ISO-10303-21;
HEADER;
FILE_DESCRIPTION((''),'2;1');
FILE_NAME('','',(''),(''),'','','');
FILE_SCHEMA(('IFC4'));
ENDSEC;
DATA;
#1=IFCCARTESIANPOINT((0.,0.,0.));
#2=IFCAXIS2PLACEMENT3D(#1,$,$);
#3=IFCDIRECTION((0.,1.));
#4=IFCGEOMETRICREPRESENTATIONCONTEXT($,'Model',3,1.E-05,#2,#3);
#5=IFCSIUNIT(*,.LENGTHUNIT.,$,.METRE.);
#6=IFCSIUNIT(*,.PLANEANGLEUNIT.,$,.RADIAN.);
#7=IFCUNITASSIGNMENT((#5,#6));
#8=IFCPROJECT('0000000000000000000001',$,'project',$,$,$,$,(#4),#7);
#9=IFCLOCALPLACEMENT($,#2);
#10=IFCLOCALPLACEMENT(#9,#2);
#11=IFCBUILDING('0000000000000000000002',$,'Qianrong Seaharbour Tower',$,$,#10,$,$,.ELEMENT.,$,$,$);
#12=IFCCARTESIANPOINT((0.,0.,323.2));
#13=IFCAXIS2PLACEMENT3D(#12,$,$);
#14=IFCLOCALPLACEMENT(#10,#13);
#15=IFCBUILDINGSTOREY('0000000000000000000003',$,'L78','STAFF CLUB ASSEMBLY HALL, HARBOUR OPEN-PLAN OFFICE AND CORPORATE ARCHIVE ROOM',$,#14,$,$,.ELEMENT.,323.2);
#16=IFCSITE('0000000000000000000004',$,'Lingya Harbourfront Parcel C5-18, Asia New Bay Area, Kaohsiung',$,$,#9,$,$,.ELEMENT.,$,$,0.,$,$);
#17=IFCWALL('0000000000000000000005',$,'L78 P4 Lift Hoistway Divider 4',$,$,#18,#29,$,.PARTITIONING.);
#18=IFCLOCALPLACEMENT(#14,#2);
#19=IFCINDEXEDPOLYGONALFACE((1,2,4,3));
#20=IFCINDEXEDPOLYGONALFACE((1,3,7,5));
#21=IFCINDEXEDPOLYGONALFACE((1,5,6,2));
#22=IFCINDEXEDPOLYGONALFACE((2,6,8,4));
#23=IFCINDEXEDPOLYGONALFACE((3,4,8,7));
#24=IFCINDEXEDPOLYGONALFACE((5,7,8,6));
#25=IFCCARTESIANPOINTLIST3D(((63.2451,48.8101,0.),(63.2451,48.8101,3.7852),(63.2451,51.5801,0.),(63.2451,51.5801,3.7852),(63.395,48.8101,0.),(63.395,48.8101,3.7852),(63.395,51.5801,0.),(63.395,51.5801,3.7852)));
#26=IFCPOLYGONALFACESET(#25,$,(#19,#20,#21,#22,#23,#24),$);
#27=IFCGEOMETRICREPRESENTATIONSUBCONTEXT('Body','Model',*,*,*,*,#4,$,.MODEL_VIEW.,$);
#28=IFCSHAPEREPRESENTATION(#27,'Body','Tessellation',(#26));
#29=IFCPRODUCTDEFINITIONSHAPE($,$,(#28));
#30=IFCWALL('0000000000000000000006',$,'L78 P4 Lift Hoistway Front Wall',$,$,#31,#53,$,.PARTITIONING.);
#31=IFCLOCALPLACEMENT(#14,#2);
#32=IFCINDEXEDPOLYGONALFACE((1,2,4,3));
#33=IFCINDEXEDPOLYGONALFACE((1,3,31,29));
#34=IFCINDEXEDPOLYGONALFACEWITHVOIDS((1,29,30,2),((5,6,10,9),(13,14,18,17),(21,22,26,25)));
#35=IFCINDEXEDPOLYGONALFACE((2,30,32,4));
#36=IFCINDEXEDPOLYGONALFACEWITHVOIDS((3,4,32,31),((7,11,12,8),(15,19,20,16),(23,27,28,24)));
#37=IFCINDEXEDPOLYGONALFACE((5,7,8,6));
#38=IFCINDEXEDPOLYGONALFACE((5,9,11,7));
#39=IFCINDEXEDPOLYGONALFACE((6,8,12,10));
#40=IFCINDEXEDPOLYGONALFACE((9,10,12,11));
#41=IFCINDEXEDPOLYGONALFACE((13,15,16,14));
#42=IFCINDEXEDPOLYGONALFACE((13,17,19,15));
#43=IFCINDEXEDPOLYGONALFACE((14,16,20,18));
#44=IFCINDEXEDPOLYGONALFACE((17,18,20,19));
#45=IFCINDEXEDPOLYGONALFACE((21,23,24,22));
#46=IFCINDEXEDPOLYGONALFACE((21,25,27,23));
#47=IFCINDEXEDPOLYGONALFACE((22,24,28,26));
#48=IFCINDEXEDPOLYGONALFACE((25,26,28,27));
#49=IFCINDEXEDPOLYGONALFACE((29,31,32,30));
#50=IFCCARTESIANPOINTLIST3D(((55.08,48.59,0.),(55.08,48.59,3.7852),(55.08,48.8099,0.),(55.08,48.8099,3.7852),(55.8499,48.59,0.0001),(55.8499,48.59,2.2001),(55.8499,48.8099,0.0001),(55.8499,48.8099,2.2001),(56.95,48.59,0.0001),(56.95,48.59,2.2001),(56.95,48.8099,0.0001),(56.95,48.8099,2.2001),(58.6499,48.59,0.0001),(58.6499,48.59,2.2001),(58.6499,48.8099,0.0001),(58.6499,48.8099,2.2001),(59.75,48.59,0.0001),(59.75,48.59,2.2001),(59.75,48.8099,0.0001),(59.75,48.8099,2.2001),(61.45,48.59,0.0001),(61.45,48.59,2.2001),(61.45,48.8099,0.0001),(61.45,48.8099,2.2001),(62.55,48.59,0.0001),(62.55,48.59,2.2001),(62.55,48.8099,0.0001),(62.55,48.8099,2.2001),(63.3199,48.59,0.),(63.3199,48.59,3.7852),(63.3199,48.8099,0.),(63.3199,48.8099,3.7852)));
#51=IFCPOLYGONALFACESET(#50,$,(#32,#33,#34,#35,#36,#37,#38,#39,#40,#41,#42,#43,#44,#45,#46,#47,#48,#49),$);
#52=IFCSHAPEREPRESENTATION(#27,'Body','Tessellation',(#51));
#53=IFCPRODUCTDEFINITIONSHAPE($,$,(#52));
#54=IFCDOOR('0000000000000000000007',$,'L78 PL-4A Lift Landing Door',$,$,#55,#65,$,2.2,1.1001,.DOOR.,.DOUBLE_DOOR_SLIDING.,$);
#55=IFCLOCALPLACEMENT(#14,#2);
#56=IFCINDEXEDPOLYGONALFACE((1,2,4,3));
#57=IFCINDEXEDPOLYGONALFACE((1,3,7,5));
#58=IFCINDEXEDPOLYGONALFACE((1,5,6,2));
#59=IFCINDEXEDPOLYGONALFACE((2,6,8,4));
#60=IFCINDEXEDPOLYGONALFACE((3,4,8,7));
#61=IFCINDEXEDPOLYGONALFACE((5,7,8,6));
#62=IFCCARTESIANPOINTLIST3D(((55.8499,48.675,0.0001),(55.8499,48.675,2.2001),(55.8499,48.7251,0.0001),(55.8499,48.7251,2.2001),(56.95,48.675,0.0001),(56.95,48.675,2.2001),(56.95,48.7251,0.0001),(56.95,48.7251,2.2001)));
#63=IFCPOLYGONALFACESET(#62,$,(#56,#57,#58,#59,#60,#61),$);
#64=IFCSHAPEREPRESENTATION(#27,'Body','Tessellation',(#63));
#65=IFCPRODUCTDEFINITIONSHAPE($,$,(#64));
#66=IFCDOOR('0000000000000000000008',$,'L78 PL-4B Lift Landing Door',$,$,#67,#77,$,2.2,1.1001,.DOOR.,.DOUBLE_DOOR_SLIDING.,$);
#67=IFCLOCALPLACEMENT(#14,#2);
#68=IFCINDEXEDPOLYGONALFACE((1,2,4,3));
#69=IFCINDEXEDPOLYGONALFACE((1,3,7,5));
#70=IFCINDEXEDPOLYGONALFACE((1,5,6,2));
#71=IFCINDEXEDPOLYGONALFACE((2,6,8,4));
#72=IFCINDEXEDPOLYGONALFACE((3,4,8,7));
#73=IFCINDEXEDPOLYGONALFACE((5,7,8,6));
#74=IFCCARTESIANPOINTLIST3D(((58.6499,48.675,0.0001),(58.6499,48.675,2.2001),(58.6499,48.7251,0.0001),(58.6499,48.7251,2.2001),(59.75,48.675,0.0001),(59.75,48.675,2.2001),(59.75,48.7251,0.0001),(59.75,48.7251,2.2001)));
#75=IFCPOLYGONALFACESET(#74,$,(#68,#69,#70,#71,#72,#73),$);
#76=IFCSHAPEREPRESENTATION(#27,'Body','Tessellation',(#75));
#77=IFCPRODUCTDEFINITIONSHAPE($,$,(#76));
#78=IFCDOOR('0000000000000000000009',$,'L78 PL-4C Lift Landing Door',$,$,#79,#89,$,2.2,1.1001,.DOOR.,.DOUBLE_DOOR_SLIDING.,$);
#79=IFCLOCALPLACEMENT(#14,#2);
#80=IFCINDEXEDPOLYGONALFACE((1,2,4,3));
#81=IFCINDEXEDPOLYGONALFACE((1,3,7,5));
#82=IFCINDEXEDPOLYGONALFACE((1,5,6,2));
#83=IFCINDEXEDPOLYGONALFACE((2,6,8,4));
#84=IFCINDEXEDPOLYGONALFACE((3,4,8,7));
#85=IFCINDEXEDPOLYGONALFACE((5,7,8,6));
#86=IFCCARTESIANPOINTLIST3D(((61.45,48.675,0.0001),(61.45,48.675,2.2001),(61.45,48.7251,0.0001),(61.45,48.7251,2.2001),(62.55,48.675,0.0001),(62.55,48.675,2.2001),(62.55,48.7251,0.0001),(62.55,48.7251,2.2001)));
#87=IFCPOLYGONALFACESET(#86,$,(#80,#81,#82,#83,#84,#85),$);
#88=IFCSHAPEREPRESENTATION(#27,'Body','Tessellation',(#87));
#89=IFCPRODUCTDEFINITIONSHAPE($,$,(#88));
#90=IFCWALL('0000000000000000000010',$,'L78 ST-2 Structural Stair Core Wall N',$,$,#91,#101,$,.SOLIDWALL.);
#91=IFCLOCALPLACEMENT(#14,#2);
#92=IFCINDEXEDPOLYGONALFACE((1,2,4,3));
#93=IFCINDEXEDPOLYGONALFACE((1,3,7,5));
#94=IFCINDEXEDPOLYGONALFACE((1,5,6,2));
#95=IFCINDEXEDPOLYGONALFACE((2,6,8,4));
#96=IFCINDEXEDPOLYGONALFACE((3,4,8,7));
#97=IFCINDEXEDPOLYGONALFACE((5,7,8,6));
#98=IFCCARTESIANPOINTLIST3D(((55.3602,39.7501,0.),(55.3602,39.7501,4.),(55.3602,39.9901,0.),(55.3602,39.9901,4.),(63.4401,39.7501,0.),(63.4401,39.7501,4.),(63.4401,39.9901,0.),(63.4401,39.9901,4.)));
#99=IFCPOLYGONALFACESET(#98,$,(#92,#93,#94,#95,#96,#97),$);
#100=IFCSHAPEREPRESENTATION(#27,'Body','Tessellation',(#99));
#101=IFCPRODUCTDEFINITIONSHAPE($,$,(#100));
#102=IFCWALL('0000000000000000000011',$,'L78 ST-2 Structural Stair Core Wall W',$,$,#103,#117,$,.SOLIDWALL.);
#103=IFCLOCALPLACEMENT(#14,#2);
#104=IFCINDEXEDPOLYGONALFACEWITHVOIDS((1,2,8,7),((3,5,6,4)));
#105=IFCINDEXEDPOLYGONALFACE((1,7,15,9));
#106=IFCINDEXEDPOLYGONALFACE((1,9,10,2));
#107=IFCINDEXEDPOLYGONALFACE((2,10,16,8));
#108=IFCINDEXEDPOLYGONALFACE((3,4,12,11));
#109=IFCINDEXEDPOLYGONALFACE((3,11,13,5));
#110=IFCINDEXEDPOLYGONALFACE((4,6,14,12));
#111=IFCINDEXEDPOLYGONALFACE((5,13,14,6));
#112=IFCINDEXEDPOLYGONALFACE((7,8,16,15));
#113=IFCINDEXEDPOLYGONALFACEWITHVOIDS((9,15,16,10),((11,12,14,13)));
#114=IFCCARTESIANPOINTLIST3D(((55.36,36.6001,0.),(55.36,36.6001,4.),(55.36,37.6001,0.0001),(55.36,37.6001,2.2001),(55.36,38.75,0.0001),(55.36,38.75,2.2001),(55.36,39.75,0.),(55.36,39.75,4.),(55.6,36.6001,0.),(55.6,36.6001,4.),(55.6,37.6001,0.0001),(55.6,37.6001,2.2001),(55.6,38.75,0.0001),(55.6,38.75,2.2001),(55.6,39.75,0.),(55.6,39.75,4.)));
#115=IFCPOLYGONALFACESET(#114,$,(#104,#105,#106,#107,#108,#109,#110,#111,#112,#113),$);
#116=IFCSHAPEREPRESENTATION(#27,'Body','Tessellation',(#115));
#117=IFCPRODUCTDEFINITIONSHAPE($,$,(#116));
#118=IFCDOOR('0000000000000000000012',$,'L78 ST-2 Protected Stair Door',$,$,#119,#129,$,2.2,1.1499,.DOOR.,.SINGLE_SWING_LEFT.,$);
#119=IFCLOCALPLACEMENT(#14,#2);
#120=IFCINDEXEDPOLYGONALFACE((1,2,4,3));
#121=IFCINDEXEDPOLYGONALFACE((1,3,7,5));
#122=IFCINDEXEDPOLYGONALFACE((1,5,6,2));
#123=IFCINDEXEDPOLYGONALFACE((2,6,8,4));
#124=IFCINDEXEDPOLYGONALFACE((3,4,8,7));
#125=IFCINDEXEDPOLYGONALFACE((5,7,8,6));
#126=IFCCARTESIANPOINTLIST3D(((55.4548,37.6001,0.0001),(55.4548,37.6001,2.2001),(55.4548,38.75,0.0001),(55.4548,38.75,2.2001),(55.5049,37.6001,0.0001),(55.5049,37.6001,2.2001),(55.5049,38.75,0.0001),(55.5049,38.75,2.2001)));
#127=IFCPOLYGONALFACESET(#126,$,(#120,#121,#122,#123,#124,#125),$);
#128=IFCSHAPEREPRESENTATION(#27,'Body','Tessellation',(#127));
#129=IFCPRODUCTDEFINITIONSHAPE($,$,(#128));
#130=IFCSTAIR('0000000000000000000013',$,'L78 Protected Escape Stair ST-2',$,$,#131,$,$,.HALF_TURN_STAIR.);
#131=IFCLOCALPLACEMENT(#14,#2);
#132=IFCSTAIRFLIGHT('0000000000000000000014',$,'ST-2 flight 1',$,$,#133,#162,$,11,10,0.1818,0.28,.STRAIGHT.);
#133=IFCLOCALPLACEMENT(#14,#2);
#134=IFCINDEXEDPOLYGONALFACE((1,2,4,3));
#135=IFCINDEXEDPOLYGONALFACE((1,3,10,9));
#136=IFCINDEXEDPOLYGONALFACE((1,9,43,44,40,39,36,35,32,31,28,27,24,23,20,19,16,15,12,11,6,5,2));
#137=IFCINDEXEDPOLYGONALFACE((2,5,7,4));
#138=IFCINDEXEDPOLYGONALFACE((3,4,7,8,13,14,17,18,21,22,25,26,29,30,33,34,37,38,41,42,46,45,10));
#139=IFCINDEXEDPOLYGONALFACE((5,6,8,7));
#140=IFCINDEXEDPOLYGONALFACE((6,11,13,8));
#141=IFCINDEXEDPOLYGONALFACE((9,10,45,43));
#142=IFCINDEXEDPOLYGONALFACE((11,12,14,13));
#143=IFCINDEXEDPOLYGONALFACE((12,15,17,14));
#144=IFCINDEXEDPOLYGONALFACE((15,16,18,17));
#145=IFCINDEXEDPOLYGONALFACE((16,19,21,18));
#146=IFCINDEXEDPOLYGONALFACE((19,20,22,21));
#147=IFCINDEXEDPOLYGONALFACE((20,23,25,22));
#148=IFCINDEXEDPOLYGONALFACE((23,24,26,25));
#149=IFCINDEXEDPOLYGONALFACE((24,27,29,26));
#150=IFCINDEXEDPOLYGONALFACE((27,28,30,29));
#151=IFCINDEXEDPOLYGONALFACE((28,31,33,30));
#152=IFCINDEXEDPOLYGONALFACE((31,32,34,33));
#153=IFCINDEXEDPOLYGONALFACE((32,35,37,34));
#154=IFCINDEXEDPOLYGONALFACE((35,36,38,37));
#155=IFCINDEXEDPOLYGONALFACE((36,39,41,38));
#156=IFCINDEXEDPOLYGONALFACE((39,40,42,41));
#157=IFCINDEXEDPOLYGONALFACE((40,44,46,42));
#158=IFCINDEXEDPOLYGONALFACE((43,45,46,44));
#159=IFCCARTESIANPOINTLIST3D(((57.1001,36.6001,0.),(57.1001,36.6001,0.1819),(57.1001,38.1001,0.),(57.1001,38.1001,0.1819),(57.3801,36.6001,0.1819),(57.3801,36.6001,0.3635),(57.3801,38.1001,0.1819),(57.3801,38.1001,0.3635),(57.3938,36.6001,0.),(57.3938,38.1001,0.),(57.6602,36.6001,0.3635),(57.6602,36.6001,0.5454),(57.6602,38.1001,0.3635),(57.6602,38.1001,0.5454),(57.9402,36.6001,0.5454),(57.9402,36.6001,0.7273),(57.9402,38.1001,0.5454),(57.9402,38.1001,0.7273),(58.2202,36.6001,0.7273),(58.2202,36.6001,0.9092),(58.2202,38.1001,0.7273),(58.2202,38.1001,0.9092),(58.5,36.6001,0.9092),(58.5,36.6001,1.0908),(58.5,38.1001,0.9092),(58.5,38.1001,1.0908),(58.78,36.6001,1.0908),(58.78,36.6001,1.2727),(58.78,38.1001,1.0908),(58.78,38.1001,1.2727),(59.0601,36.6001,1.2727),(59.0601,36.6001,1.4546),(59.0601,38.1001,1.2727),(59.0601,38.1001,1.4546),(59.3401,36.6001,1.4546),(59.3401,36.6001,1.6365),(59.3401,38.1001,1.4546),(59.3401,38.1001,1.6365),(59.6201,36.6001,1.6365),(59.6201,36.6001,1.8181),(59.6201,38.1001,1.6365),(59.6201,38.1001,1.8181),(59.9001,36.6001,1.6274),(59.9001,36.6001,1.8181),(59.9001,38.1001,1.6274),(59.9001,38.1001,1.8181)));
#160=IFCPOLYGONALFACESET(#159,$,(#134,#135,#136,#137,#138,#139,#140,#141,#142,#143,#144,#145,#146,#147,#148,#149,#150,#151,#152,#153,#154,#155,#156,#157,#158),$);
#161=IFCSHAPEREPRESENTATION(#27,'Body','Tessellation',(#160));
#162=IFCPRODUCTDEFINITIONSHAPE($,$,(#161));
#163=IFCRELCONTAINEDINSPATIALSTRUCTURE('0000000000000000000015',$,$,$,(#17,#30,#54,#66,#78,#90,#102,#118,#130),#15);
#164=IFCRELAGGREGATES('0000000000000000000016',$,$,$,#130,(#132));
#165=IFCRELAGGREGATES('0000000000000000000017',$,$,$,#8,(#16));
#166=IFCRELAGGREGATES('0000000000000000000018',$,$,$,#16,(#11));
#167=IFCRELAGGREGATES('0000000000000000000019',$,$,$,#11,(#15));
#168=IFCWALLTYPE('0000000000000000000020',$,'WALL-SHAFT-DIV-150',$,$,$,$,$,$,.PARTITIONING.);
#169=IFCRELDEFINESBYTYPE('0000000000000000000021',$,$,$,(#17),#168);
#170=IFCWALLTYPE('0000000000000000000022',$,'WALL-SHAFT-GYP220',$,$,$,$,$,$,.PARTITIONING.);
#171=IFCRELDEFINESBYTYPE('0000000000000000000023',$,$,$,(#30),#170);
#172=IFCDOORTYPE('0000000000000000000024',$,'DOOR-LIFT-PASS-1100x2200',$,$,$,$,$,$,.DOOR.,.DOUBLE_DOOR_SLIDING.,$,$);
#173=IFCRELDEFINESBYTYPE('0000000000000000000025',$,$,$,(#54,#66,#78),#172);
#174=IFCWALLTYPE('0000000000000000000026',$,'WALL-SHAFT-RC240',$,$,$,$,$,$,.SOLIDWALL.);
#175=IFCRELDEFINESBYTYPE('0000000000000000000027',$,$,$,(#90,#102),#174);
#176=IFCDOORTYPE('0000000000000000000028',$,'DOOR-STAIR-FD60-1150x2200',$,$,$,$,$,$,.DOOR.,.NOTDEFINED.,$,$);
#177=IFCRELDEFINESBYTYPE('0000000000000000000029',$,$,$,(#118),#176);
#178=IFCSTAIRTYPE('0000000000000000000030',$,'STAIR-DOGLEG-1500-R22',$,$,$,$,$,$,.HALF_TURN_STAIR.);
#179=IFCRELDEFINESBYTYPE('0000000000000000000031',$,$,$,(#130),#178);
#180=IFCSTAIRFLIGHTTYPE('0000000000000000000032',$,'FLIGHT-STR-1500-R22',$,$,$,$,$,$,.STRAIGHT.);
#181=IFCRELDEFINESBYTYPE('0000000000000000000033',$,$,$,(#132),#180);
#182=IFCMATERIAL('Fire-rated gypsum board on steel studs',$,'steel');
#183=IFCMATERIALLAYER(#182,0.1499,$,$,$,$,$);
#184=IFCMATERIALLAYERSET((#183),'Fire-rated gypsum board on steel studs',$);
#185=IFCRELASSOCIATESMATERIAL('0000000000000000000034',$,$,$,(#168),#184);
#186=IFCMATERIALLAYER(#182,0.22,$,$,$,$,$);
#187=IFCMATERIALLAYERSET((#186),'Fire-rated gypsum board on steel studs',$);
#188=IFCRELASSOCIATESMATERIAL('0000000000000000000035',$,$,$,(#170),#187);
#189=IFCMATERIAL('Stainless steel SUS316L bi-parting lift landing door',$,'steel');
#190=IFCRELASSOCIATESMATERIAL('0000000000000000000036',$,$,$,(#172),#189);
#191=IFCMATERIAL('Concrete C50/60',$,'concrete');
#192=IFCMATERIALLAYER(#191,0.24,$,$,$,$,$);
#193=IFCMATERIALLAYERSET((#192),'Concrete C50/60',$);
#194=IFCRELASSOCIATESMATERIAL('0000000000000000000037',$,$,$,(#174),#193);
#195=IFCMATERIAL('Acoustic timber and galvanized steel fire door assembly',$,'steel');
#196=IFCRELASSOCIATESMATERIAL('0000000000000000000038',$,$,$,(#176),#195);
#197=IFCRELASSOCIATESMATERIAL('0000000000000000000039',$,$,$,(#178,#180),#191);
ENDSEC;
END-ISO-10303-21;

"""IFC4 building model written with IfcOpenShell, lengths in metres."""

from ifc_helpers import new_model, si_unit, direction, frame, frame_2d, origin, place, context, subcontext, project, spatial, polyline, rectangle, outline, extrude, material, layer, layer_set, type_object, element, fill, aggregate, save


model = new_model("IFC4")

# Units and contexts
model_context = context("Model", 3, precision=1e-05, world=origin(), true_north=direction((0.0, 1.0)))
body_context = subcontext(model_context, "Body", "Model", "MODEL_VIEW")
ifc_project = project(units=[si_unit("LENGTHUNIT", "METRE"), si_unit("PLANEANGLEUNIT", "RADIAN")], contexts=[model_context])

# Site, building, storey
site_placement = place(None, origin())
site = spatial("IfcSite", under=ifc_project, at=site_placement, Name="Lingya Harbourfront Parcel C5-18, Asia New Bay Area, Kaohsiung", CompositionType="ELEMENT", RefElevation=0.0)
building_placement = place(site_placement, origin())
building = spatial("IfcBuilding", under=site, at=building_placement, Name="Qianrong Seaharbour Tower", CompositionType="ELEMENT")
storey_placement = place(building_placement, frame((0.0, 0.0, 323.2)))
storey = spatial("IfcBuildingStorey", under=building, at=storey_placement, Name="L78", Description="STAFF CLUB ASSEMBLY HALL, HARBOUR OPEN-PLAN OFFICE AND CORPORATE ARCHIVE ROOM", CompositionType="ELEMENT", Elevation=323.2)

# Shared definitions
ifc_material_1 = material(Name="Acoustic timber and galvanized steel fire door assembly", Category="steel")

# Wall
ifc_material_2 = material(Name="Fire-rated gypsum board on steel studs", Category="steel")
ifc_layer_1 = layer(ifc_material_2, 0.1499)
ifc_layer_set_1 = layer_set([ifc_layer_1], Name="Fire-rated gypsum board on steel studs")
wall_type_1 = type_object("IfcWallType", Name="WALL-SHAFT-DIV-150", PredefinedType="PARTITIONING", material=ifc_layer_set_1)
for number, where, z_axis, x_axis, name in (
    (1, (63.3201, 48.8101, 0.0), (0.0, 0.0, 1.0), (0.0, 1.0, 0.0), "L78 P4 Lift Hoistway Divider 4"),
):
    element("IfcWall", number, at=place(storey_placement, frame(where, z_axis=z_axis, x_axis=x_axis)), inside=storey, type_object=wall_type_1, Name=name, PredefinedType="PARTITIONING", context=body_context, shape_type="SweptSolid", body=[
        extrude(rectangle(XDim=2.77, YDim=0.1499, at=frame_2d((1.385, 0.0))), origin(), (0.0, 0.0, 1.0), 3.7852),
    ])

# Wall, openings, doors
ifc_layer_2 = layer(ifc_material_2, 0.22)
ifc_layer_set_2 = layer_set([ifc_layer_2], Name="Fire-rated gypsum board on steel studs")
wall_type_2 = type_object("IfcWallType", Name="WALL-SHAFT-GYP220", PredefinedType="PARTITIONING", material=ifc_layer_set_2)
wall_1_placement = place(storey_placement, frame((63.3201, 48.7, 0.0), z_axis=(0.0, 0.0, 1.0), x_axis=(-1.0, 0.0, 0.0)))
wall_1 = element("IfcWall", 2, at=wall_1_placement, inside=storey, type_object=wall_type_2, Name="L78 P4 Lift Hoistway Front Wall", PredefinedType="PARTITIONING", context=body_context, shape_type="SweptSolid", body=[
    extrude(rectangle(XDim=8.24, YDim=0.22, at=frame_2d((4.1201, 0.0))), origin(), (0.0, 0.0, 1.0), 3.7852),
])
opening_1_placement = place(wall_1_placement, frame((6.3701, 0.0, 0.0)))
opening_1 = element("IfcOpeningElement", 3, at=opening_1_placement, cuts=wall_1, PredefinedType="OPENING", context=body_context, shape_type="SweptSolid", body=[
    extrude(rectangle(XDim=1.1001, YDim=2.2, at=frame_2d((0.55, 1.1001))), frame((0.0, 0.1201, 0.0), z_axis=(0.0, -1.0, 0.0), x_axis=(1.0, 0.0, 0.0)), (0.0, 0.0, 1.0), 0.24),
])
opening_2_placement = place(wall_1_placement, frame((3.5701, 0.0, 0.0)))
opening_2 = element("IfcOpeningElement", 4, at=opening_2_placement, cuts=wall_1, PredefinedType="OPENING", context=body_context, shape_type="SweptSolid", body=[
    extrude(rectangle(XDim=1.1001, YDim=2.2, at=frame_2d((0.55, 1.1001))), frame((0.0, 0.1201, 0.0), z_axis=(0.0, -1.0, 0.0), x_axis=(1.0, 0.0, 0.0)), (0.0, 0.0, 1.0), 0.24),
])
opening_3_placement = place(wall_1_placement, frame((0.77, 0.0, 0.0)))
opening_3 = element("IfcOpeningElement", 5, at=opening_3_placement, cuts=wall_1, PredefinedType="OPENING", context=body_context, shape_type="SweptSolid", body=[
    extrude(rectangle(XDim=1.1001, YDim=2.2, at=frame_2d((0.55, 1.1001))), frame((0.0, 0.1201, 0.0), z_axis=(0.0, -1.0, 0.0), x_axis=(1.0, 0.0, 0.0)), (0.0, 0.0, 1.0), 0.24),
])
ifc_material_3 = material(Name="Stainless steel SUS316L bi-parting lift landing door", Category="steel")
door_type_1 = type_object("IfcDoorType", Name="DOOR-LIFT-PASS-1100x2200", OperationType="DOUBLE_DOOR_SLIDING", PredefinedType="DOOR", material=ifc_material_3)
door_1_placement = place(opening_1_placement, origin())
door_1 = element("IfcDoor", 6, at=door_1_placement, inside=storey, type_object=door_type_1, Name="L78 PL-4A Lift Landing Door", OperationType="DOUBLE_DOOR_SLIDING", OverallHeight=2.2, OverallWidth=1.1001, PredefinedType="DOOR", context=body_context, shape_type="SweptSolid", body=[
    extrude(rectangle(XDim=1.1001, YDim=2.2, at=frame_2d((0.55, 1.1001))), frame((0.0, 0.0249, 0.0), z_axis=(0.0, -1.0, 0.0), x_axis=(1.0, 0.0, 0.0)), (0.0, 0.0, 1.0), 0.05),
])
fill(opening_1, door_1)
door_2_placement = place(opening_2_placement, origin())
door_2 = element("IfcDoor", 7, at=door_2_placement, inside=storey, type_object=door_type_1, Name="L78 PL-4B Lift Landing Door", OperationType="DOUBLE_DOOR_SLIDING", OverallHeight=2.2, OverallWidth=1.1001, PredefinedType="DOOR", context=body_context, shape_type="SweptSolid", body=[
    extrude(rectangle(XDim=1.1001, YDim=2.2, at=frame_2d((0.55, 1.1001))), frame((0.0, 0.0249, 0.0), z_axis=(0.0, -1.0, 0.0), x_axis=(1.0, 0.0, 0.0)), (0.0, 0.0, 1.0), 0.05),
])
fill(opening_2, door_2)
door_3_placement = place(opening_3_placement, origin())
door_3 = element("IfcDoor", 8, at=door_3_placement, inside=storey, type_object=door_type_1, Name="L78 PL-4C Lift Landing Door", OperationType="DOUBLE_DOOR_SLIDING", OverallHeight=2.2, OverallWidth=1.1001, PredefinedType="DOOR", context=body_context, shape_type="SweptSolid", body=[
    extrude(rectangle(XDim=1.1001, YDim=2.2, at=frame_2d((0.55, 1.1001))), frame((0.0, 0.0249, 0.0), z_axis=(0.0, -1.0, 0.0), x_axis=(1.0, 0.0, 0.0)), (0.0, 0.0, 1.0), 0.05),
])
fill(opening_3, door_3)

# Wall
ifc_material_4 = material(Name="Concrete C50/60", Category="concrete")
ifc_layer_3 = layer(ifc_material_4, 0.24)
ifc_layer_set_3 = layer_set([ifc_layer_3], Name="Concrete C50/60")
wall_type_3 = type_object("IfcWallType", Name="WALL-SHAFT-RC240", PredefinedType="SOLIDWALL", material=ifc_layer_set_3)
wall_2_placement = place(storey_placement, frame((55.3601, 39.8701, 0.0), z_axis=(0.0, 0.0, 1.0), x_axis=(1.0, 0.0, 0.0)))
element("IfcWall", 9, at=wall_2_placement, inside=storey, type_object=wall_type_3, Name="L78 ST-2 Structural Stair Core Wall N", PredefinedType="SOLIDWALL", context=body_context, shape_type="SweptSolid", body=[
    extrude(rectangle(XDim=8.0798, YDim=0.24, at=frame_2d((4.04, 0.0))), origin(), (0.0, 0.0, 1.0), 4.0),
])

# Wall, opening, door
wall_3_placement = place(storey_placement, frame((55.48, 39.75, 0.0), z_axis=(0.0, 0.0, 1.0), x_axis=(0.0, -1.0, 0.0)))
wall_3 = element("IfcWall", 10, at=wall_3_placement, inside=storey, type_object=wall_type_3, Name="L78 ST-2 Structural Stair Core Wall W", PredefinedType="SOLIDWALL", context=body_context, shape_type="SweptSolid", body=[
    extrude(rectangle(XDim=3.1499, YDim=0.24, at=frame_2d((1.575, 0.0))), origin(), (0.0, 0.0, 1.0), 4.0),
])
opening_4_placement = place(wall_3_placement, frame((1.0, 0.0, 0.0)))
opening_4 = element("IfcOpeningElement", 11, at=opening_4_placement, cuts=wall_3, PredefinedType="OPENING", context=body_context, shape_type="SweptSolid", body=[
    extrude(rectangle(XDim=1.1499, YDim=2.2, at=frame_2d((0.575, 1.1001))), frame((0.0, 0.1299, 0.0), z_axis=(0.0, -1.0, 0.0), x_axis=(1.0, 0.0, 0.0)), (0.0, 0.0, 1.0), 0.26),
])
door_type_2 = type_object("IfcDoorType", Name="DOOR-STAIR-FD60-1150x2200", OperationType="NOTDEFINED", PredefinedType="DOOR", material=ifc_material_1)
door_4_placement = place(opening_4_placement, origin())
door_4 = element("IfcDoor", 12, at=door_4_placement, inside=storey, type_object=door_type_2, Name="L78 ST-2 Protected Stair Door", OperationType="SINGLE_SWING_LEFT", OverallHeight=2.2, OverallWidth=1.1499, PredefinedType="DOOR", context=body_context, shape_type="SweptSolid", body=[
    extrude(rectangle(XDim=1.1499, YDim=2.2, at=frame_2d((0.575, 1.1001))), frame((0.0, 0.0249, 0.0), z_axis=(0.0, -1.0, 0.0), x_axis=(1.0, 0.0, 0.0)), (0.0, 0.0, 1.0), 0.05),
])
fill(opening_4, door_4)

# Stair, stair flight
stair_type = type_object("IfcStairType", Name="STAIR-DOGLEG-1500-R22", PredefinedType="HALF_TURN_STAIR", material=ifc_material_4)
stair_placement = place(storey_placement, origin())
stair = element("IfcStair", 13, at=stair_placement, inside=storey, type_object=stair_type, Name="L78 Protected Escape Stair ST-2", PredefinedType="HALF_TURN_STAIR")
stair_flight_type = type_object("IfcStairFlightType", Name="FLIGHT-STR-1500-R22", PredefinedType="STRAIGHT", material=ifc_material_4)
stair_flight_1_placement = place(storey_placement, frame((57.1001, 37.3501, 0.0), z_axis=(0.0, 0.0, 1.0), x_axis=(1.0, 0.0, 0.0)))
stair_flight_1 = element("IfcStairFlight", 14, at=stair_flight_1_placement, type_object=stair_flight_type, Name="ST-2 flight 1", NumberOfRisers=11, NumberOfTreads=10, PredefinedType="STRAIGHT", RiserHeight=0.1818, TreadLength=0.28, context=body_context, shape_type="SweptSolid", body=[
    extrude(outline(polyline([(0.0, 0.0), (0.0, 0.1819), (0.28, 0.1819), (0.28, 0.3635), (0.5601, 0.3635), (0.5601, 0.5454), (0.8401, 0.5454), (0.8401, 0.7273), (1.1201, 0.7273), (1.1201, 0.9092), (1.3999, 0.9092), (1.3999, 1.0908), (1.6799, 1.0908), (1.6799, 1.2727), (1.96, 1.2727), (1.96, 1.4546), (2.24, 1.4546), (2.24, 1.6365), (2.52, 1.6365), (2.52, 1.8181), (2.8, 1.8181), (2.8, 2.0), (2.8, 1.6274), (0.2937, 0.0), (0.0, 0.0)])), frame((0.0, 0.75, 0.0), z_axis=(0.0, -1.0, 0.0), x_axis=(1.0, 0.0, 0.0)), (0.0, 0.0, 1.0), 1.5),
])
aggregate(stair, [stair_flight_1])

save(model, "model.ifc")
